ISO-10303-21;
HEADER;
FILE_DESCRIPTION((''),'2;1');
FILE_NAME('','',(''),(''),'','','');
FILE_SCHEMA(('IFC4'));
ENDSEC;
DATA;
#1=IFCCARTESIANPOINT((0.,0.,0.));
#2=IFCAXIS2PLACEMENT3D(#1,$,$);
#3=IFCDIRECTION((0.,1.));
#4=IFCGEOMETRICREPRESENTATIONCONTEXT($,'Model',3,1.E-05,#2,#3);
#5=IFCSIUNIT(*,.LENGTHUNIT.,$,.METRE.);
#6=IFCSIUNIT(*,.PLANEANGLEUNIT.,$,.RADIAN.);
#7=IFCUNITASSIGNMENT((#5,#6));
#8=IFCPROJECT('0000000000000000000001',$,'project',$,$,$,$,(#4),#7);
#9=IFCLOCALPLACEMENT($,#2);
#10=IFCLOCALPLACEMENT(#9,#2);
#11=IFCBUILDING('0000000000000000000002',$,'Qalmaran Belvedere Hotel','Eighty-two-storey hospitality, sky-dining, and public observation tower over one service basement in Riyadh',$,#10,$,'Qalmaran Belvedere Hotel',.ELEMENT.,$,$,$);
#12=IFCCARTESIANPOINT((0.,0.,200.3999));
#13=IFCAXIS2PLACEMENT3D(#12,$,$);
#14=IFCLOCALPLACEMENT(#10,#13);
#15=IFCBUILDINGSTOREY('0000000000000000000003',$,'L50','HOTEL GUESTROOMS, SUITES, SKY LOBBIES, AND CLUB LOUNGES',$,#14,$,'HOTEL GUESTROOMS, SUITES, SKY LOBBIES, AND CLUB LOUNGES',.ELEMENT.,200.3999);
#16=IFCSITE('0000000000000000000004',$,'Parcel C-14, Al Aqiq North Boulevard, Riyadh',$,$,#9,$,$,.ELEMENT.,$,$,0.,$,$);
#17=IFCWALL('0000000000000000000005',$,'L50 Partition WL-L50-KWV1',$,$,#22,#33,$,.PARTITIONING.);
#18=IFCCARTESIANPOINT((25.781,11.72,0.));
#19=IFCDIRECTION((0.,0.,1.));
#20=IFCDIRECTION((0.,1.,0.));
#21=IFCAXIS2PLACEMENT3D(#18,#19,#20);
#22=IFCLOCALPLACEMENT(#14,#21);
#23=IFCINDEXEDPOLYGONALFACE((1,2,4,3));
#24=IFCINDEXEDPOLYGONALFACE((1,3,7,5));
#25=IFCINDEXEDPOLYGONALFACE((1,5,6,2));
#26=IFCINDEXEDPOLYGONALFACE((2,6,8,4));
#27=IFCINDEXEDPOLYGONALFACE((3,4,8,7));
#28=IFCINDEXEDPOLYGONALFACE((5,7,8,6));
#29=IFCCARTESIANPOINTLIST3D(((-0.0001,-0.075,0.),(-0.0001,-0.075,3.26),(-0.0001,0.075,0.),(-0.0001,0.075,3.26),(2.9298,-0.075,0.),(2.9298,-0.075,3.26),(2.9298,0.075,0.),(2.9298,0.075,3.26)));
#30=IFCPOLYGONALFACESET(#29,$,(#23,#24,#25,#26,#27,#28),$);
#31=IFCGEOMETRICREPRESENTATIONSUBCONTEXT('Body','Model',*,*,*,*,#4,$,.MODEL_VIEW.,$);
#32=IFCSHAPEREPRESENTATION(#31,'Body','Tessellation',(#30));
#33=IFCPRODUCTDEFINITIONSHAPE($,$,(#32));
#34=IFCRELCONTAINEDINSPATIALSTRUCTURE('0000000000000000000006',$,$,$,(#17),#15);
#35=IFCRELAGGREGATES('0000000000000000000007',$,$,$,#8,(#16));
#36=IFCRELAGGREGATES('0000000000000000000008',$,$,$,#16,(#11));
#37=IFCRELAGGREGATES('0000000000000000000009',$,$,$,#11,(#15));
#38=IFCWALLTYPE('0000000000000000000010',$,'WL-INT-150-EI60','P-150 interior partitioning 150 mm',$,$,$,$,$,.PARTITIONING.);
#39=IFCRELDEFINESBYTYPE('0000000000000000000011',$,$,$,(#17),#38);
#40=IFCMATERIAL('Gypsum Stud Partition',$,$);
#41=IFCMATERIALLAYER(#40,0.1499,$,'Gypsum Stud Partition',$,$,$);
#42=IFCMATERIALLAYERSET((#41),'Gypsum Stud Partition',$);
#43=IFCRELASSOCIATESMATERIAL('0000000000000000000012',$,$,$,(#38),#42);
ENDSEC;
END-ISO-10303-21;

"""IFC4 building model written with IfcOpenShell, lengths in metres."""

from ifc_helpers import new_model, si_unit, direction, frame, frame_2d, origin, place, context, subcontext, project, spatial, rectangle, extrude, material, layer, layer_set, type_object, element, save


model = new_model("IFC4")

# Units and contexts
model_context = context("Model", 3, precision=1e-05, world=origin(), true_north=direction((0.0, 1.0)))
body_context = subcontext(model_context, "Body", "Model", "MODEL_VIEW")
ifc_project = project(units=[si_unit("LENGTHUNIT", "METRE"), si_unit("PLANEANGLEUNIT", "RADIAN")], contexts=[model_context])

# Site, building, storey
site_placement = place(None, origin())
site = spatial("IfcSite", under=ifc_project, at=site_placement, Name="Parcel C-14, Al Aqiq North Boulevard, Riyadh", CompositionType="ELEMENT", RefElevation=0.0)
building_placement = place(site_placement, origin())
building = spatial("IfcBuilding", under=site, at=building_placement, Name="Qalmaran Belvedere Hotel", Description="Eighty-two-storey hospitality, sky-dining, and public observation tower over one service basement in Riyadh", LongName="Qalmaran Belvedere Hotel", CompositionType="ELEMENT")
storey_placement = place(building_placement, frame((0.0, 0.0, 200.3999)))
storey = spatial("IfcBuildingStorey", under=building, at=storey_placement, Name="L50", Description="HOTEL GUESTROOMS, SUITES, SKY LOBBIES, AND CLUB LOUNGES", LongName="HOTEL GUESTROOMS, SUITES, SKY LOBBIES, AND CLUB LOUNGES", CompositionType="ELEMENT", Elevation=200.3999)

# Shared definitions
ifc_material_1 = material(Name="Gypsum Stud Partition")

# Wall
ifc_layer_1 = layer(ifc_material_1, 0.1499, Name="Gypsum Stud Partition")
ifc_layer_set_1 = layer_set([ifc_layer_1], Name="Gypsum Stud Partition")
wall_type_1 = type_object("IfcWallType", Name="WL-INT-150-EI60", Description="P-150 interior partitioning 150 mm", PredefinedType="PARTITIONING", material=ifc_layer_set_1)
wall_1_placement = place(storey_placement, frame((25.781, 11.72, 0.0), z_axis=(0.0, 0.0, 1.0), x_axis=(0.0, 1.0, 0.0)))
element("IfcWall", 1, at=wall_1_placement, inside=storey, type_object=wall_type_1, Name="L50 Partition WL-L50-KWV1", PredefinedType="PARTITIONING", context=body_context, shape_type="SweptSolid", body=[
    extrude(rectangle(XDim=2.9299, YDim=0.1499, at=frame_2d((1.4648, 0.0))), origin(), (0.0, 0.0, 1.0), 3.26),
])

save(model, "model.ifc")
